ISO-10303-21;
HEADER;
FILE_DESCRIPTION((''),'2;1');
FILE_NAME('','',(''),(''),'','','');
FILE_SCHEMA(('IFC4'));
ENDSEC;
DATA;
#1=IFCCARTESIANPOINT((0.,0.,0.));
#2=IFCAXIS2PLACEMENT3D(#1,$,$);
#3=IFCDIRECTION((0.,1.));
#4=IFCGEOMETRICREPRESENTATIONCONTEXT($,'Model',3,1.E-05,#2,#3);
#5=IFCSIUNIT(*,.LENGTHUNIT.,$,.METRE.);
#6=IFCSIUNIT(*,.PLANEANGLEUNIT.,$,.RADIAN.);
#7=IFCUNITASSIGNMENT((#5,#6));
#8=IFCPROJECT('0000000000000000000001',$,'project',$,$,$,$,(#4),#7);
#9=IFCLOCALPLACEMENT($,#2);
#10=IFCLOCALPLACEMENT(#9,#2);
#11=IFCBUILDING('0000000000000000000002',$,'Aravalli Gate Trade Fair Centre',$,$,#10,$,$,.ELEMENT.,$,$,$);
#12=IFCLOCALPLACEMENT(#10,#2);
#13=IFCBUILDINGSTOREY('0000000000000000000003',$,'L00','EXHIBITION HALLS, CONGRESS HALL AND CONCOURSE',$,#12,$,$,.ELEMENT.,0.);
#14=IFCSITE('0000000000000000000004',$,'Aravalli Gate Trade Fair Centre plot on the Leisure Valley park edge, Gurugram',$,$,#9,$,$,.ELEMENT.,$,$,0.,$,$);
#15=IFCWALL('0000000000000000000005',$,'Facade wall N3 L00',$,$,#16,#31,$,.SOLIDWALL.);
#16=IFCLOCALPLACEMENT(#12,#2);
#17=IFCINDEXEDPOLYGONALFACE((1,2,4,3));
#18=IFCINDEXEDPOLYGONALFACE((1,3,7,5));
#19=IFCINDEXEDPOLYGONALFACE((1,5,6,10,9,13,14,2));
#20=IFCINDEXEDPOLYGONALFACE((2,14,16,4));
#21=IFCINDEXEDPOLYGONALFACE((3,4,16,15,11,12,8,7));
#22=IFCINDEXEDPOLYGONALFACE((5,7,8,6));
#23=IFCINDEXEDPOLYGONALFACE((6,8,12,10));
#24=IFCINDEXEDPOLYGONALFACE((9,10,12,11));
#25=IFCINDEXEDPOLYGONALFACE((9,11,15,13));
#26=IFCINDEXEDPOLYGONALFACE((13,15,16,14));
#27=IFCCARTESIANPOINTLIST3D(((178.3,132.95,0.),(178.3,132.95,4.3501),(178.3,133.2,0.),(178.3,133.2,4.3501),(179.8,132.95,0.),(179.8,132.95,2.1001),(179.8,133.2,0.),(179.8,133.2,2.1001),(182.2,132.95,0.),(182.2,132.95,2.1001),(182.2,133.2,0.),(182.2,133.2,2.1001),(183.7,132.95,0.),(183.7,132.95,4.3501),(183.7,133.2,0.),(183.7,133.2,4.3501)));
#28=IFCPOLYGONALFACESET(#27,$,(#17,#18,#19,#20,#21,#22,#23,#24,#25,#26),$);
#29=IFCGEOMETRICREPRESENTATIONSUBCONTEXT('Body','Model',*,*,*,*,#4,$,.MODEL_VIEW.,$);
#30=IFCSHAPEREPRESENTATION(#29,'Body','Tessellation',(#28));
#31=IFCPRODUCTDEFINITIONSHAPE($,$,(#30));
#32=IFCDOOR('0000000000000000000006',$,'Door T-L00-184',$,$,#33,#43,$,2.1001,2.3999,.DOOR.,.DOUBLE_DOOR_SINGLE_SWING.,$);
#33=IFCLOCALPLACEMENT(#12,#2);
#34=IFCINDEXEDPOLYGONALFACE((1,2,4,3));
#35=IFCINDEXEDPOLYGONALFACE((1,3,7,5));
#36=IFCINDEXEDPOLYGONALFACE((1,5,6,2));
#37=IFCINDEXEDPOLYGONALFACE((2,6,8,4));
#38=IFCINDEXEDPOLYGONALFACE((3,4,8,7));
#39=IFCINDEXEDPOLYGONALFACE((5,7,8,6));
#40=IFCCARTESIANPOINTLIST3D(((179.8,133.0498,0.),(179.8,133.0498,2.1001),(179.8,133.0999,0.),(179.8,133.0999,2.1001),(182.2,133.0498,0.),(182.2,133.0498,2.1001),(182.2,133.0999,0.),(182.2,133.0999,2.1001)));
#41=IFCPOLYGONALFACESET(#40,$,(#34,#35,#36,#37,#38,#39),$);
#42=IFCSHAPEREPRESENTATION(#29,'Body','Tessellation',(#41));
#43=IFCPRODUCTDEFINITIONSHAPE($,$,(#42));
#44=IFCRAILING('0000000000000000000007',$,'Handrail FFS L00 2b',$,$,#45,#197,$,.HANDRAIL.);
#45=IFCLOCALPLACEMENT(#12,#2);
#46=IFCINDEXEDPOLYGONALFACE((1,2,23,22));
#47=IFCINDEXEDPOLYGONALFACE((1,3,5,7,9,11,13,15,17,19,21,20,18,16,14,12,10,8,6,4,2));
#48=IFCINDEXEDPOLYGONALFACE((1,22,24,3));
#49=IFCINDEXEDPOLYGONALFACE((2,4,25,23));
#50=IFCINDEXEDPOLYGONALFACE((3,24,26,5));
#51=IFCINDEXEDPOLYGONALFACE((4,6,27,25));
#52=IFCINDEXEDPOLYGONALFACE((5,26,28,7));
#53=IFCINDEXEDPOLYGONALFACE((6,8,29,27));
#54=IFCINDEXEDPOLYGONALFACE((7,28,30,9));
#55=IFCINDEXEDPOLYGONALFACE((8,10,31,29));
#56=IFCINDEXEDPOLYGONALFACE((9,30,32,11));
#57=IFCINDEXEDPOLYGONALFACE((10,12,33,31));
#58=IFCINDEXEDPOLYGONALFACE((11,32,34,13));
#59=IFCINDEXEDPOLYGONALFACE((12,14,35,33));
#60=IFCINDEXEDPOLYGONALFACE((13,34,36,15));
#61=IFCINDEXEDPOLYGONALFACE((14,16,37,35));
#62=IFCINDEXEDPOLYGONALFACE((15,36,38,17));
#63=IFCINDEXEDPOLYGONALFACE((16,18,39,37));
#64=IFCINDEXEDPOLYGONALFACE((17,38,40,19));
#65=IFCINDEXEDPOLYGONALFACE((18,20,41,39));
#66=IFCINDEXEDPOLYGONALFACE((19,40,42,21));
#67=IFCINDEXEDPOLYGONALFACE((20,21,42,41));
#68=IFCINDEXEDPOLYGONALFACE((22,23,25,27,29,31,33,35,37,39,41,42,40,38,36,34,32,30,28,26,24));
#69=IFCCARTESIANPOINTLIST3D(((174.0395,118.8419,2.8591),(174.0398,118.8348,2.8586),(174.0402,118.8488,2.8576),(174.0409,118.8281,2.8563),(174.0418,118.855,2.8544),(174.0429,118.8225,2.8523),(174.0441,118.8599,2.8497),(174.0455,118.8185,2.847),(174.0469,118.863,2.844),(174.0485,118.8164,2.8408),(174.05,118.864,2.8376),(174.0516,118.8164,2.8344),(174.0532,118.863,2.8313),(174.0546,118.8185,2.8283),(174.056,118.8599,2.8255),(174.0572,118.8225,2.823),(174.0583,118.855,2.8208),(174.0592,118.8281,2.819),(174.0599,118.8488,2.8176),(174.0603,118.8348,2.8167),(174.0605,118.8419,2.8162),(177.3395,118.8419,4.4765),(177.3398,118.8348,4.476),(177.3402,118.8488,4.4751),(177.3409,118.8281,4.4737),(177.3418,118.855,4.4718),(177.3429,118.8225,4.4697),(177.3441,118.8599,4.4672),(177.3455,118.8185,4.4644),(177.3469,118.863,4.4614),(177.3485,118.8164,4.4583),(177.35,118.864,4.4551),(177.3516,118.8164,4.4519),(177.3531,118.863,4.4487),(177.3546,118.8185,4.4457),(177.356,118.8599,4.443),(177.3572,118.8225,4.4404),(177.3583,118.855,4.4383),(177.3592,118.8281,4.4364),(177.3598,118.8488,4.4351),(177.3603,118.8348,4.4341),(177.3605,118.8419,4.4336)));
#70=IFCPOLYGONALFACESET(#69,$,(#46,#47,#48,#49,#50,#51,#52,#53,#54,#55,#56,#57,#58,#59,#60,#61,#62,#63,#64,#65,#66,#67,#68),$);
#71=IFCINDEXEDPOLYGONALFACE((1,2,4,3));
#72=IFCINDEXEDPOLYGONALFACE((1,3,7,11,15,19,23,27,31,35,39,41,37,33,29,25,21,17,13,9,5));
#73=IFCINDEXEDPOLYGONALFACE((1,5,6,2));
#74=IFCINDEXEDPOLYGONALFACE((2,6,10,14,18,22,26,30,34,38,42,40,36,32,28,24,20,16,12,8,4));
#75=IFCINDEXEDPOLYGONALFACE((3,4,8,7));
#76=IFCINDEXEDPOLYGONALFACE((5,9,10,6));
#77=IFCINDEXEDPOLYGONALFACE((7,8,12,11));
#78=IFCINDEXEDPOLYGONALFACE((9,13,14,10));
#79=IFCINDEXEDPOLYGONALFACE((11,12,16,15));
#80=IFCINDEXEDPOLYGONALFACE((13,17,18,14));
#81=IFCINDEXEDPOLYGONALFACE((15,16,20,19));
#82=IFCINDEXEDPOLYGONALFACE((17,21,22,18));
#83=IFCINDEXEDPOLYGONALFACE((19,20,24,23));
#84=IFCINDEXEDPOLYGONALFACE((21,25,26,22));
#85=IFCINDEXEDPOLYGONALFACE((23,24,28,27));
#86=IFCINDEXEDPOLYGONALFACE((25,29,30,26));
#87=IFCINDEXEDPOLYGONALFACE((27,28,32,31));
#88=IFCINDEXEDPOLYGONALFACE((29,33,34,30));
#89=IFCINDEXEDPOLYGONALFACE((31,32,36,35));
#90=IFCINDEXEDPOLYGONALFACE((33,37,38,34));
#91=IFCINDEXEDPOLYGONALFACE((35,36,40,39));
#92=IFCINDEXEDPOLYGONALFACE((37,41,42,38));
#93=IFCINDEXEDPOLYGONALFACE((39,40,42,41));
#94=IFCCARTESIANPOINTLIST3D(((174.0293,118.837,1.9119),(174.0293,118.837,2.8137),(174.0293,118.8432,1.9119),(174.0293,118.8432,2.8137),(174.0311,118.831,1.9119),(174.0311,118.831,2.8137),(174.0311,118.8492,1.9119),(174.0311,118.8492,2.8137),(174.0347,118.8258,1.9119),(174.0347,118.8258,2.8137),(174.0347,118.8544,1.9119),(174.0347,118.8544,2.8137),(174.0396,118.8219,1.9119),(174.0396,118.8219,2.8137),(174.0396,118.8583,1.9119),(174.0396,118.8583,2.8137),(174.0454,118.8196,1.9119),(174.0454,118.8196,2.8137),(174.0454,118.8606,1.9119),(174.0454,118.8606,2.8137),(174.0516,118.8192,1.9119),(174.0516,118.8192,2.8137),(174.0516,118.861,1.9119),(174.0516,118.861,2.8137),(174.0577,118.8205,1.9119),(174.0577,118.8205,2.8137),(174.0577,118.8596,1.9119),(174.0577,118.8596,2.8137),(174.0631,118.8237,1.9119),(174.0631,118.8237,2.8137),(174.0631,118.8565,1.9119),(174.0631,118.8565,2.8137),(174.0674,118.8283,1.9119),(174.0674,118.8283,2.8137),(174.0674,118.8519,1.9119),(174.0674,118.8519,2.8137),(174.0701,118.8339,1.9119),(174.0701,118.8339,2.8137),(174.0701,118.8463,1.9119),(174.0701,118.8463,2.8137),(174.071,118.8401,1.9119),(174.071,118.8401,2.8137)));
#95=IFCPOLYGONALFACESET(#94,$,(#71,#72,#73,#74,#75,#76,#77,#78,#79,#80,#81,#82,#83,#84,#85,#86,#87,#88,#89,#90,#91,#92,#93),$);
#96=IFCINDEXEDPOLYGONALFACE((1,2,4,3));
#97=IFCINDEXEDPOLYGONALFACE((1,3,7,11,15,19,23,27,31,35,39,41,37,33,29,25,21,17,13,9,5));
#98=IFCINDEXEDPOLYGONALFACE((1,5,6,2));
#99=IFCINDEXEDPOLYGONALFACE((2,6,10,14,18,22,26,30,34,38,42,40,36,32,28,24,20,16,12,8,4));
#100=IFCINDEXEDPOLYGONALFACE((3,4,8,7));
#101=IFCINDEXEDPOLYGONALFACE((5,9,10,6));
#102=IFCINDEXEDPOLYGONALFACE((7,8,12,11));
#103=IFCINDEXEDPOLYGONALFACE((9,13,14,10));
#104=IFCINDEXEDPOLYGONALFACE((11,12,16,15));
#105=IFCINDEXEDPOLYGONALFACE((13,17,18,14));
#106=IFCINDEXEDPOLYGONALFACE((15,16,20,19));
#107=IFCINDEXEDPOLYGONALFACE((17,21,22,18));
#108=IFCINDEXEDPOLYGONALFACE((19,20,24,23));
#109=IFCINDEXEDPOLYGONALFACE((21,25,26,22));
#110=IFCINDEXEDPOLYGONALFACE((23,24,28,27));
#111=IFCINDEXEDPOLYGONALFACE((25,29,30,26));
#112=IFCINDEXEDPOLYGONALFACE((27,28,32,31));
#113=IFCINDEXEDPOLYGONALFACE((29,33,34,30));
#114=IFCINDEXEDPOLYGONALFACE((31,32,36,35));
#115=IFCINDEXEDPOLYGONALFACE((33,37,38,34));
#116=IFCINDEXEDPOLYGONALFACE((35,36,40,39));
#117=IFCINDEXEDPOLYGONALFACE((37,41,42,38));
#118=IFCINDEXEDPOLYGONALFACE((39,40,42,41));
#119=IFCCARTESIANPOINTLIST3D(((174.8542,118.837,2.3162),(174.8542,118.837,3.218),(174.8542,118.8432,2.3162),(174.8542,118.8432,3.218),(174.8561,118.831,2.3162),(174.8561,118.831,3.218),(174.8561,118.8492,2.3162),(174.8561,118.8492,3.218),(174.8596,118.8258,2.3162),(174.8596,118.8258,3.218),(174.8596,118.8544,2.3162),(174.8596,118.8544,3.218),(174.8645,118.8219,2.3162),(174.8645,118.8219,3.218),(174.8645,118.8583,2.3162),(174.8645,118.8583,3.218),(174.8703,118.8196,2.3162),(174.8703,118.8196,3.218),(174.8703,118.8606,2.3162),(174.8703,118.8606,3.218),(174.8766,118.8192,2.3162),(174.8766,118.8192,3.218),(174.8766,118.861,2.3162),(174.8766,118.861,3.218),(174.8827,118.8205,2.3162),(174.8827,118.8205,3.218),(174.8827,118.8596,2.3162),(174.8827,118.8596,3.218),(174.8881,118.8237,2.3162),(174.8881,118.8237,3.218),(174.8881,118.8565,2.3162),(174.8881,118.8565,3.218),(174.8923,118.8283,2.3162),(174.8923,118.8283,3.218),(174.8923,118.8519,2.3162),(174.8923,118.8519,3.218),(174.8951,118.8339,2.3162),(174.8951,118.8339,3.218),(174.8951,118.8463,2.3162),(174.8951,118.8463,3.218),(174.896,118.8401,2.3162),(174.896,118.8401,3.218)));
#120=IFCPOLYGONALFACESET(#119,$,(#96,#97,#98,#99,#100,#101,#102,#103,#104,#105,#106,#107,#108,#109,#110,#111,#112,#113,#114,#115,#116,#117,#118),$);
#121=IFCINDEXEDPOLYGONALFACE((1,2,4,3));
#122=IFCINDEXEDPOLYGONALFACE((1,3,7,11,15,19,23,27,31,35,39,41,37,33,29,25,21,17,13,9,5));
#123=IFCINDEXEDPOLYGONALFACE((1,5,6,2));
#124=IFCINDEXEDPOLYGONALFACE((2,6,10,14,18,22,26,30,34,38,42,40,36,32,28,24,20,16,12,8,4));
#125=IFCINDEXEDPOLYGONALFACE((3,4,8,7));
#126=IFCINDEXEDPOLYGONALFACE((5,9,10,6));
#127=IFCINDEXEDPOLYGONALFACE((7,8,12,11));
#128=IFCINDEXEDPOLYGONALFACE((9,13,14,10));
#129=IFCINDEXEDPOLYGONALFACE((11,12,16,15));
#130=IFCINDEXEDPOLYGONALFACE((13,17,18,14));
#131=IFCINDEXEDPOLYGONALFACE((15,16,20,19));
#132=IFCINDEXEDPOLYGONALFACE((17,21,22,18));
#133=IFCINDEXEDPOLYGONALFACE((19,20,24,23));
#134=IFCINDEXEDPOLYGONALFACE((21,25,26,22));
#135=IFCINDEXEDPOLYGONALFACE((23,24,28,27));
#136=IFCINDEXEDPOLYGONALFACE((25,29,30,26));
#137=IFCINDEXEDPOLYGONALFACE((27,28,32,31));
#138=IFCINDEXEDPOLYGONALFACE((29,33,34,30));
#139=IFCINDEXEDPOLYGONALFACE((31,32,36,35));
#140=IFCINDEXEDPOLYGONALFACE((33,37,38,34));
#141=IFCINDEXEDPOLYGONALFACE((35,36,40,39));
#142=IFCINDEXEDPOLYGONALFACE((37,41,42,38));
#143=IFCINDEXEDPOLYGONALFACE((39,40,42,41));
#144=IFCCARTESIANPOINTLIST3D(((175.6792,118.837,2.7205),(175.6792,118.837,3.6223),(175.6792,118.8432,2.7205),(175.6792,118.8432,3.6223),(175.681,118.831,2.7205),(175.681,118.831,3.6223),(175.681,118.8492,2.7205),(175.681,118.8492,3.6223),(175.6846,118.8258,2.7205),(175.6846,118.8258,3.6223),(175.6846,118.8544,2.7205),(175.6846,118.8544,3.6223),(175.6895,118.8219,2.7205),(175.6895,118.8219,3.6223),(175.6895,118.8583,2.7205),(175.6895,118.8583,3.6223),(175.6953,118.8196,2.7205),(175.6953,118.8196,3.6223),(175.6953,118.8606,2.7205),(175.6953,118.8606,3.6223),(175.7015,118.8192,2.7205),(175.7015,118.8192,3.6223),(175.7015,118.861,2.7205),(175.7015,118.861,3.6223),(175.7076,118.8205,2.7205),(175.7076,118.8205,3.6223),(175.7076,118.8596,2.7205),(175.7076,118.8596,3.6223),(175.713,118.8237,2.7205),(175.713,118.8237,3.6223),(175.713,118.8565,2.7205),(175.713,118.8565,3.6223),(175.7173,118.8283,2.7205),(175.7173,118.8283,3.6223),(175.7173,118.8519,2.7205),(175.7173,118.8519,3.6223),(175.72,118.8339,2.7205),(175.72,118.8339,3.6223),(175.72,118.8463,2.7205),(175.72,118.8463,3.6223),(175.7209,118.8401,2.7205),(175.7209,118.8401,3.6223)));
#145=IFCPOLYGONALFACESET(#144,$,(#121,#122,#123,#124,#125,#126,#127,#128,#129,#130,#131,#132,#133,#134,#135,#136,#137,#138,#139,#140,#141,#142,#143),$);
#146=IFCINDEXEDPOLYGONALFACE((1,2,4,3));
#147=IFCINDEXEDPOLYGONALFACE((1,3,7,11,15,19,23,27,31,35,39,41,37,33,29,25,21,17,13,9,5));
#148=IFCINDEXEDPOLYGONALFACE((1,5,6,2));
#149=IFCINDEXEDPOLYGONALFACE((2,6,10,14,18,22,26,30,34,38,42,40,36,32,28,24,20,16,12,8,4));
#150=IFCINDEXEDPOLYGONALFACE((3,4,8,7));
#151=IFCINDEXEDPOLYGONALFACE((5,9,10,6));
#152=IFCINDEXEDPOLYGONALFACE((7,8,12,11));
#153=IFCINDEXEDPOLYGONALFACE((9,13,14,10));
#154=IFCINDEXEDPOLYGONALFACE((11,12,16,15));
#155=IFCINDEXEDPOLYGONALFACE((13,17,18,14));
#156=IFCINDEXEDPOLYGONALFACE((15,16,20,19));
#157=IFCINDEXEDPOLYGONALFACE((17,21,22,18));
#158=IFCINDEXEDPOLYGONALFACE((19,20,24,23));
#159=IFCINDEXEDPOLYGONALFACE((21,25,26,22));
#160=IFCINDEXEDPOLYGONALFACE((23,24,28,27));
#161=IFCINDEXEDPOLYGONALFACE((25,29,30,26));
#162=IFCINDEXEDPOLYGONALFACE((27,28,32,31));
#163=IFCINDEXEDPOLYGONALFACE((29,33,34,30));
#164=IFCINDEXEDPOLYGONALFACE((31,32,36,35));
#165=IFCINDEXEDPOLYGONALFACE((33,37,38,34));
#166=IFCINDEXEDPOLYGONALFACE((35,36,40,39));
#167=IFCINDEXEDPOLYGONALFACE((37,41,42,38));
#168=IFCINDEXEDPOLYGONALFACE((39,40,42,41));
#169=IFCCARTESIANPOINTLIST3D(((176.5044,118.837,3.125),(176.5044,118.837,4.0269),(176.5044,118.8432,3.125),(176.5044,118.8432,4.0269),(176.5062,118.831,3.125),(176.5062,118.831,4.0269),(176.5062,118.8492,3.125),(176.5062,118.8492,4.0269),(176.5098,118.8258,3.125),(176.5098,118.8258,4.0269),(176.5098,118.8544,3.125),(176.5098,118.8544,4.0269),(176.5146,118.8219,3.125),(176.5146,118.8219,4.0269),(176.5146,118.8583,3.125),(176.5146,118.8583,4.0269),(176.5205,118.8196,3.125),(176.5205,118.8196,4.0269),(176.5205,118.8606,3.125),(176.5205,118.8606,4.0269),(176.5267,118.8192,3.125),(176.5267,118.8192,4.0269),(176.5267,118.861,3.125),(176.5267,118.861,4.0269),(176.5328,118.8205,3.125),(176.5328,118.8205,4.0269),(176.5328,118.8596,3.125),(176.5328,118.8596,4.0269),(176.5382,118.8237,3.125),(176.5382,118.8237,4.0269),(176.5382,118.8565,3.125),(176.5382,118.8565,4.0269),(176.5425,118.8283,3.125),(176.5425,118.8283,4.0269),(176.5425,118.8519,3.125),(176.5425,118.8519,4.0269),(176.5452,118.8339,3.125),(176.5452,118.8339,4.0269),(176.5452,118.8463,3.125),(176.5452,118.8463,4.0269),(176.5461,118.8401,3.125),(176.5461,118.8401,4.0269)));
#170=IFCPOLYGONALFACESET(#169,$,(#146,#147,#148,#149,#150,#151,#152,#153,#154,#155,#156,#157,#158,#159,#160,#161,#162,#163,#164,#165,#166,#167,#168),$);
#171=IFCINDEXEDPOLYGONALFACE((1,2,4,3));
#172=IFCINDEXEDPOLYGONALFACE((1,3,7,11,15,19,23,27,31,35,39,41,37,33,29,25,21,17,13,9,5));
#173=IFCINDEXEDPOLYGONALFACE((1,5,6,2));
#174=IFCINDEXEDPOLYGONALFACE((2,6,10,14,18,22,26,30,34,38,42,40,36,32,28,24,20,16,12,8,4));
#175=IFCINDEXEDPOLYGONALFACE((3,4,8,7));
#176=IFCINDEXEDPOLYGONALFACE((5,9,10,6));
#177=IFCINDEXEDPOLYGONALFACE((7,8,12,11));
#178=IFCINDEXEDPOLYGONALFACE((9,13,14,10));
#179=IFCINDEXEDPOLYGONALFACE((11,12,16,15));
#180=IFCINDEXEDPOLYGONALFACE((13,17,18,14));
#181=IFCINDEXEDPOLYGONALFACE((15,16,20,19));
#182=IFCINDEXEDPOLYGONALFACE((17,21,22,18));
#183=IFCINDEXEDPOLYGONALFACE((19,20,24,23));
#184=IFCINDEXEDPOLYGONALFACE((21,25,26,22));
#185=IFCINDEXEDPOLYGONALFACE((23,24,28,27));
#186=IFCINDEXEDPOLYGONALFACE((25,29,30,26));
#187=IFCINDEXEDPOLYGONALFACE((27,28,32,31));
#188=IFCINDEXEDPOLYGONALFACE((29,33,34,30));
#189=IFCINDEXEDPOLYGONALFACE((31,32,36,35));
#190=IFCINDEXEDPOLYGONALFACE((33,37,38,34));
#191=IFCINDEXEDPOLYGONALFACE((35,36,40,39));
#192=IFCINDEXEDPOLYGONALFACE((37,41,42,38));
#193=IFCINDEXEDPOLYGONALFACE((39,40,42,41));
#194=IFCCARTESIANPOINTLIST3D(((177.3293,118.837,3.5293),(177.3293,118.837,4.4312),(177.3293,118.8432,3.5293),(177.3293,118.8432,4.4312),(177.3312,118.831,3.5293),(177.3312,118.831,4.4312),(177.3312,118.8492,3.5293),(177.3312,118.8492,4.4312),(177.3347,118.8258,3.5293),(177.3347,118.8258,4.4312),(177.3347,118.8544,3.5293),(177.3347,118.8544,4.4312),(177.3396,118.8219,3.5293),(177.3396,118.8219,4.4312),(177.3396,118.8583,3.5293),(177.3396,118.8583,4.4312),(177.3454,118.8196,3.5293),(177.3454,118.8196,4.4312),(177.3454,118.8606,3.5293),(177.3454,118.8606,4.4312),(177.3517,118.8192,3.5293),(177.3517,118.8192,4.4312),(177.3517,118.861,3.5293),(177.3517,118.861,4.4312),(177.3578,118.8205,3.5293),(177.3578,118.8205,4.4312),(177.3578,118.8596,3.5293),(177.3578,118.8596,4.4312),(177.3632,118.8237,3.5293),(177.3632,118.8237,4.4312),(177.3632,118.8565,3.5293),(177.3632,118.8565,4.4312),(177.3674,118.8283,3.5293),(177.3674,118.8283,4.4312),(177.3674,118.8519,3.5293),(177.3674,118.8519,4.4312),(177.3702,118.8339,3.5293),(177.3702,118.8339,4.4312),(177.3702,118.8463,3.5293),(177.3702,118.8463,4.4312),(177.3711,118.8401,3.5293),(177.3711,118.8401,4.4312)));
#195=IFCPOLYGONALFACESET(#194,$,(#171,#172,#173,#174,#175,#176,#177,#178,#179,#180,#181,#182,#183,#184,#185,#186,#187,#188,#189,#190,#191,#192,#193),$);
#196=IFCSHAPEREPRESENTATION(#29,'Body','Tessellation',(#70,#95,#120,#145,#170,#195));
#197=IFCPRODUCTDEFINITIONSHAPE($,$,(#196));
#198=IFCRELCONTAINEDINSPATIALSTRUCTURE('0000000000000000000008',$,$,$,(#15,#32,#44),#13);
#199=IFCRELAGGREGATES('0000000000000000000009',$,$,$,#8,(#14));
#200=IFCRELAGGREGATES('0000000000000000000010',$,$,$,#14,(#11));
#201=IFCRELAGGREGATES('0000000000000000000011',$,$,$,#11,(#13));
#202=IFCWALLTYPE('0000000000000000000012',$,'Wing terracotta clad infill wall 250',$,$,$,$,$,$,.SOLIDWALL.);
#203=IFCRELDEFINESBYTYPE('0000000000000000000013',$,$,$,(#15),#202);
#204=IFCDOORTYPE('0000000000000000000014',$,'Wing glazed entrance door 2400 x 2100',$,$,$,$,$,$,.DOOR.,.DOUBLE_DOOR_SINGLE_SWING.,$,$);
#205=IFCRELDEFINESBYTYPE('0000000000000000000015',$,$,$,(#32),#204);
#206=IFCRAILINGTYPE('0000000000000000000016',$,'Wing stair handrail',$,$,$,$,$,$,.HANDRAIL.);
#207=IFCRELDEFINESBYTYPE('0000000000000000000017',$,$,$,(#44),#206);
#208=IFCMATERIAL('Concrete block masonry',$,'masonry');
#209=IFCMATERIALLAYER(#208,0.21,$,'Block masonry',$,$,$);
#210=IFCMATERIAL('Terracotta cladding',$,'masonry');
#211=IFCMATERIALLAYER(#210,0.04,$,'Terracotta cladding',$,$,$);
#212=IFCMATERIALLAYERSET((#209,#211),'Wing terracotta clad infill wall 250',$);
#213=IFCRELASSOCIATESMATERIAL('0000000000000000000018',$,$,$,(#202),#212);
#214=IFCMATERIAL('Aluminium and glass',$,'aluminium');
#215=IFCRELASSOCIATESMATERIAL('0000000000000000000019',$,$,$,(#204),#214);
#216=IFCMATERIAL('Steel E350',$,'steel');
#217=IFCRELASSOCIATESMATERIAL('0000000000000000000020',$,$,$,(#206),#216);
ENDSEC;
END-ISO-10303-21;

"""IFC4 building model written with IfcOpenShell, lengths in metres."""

from ifc_helpers import new_model, si_unit, direction, frame, frame_2d, origin, origin_2d, place, context, subcontext, project, spatial, rectangle, circle, extrude, material, layer, layer_set, type_object, element, fill, save


model = new_model("IFC4")

# Units and contexts
model_context = context("Model", 3, precision=1e-05, world=origin(), true_north=direction((0.0, 1.0)))
body_context = subcontext(model_context, "Body", "Model", "MODEL_VIEW")
ifc_project = project(units=[si_unit("LENGTHUNIT", "METRE"), si_unit("PLANEANGLEUNIT", "RADIAN")], contexts=[model_context])

# Site, building, storey
site_placement = place(None, origin())
site = spatial("IfcSite", under=ifc_project, at=site_placement, Name="Aravalli Gate Trade Fair Centre plot on the Leisure Valley park edge, Gurugram", CompositionType="ELEMENT", RefElevation=0.0)
building_placement = place(site_placement, origin())
building = spatial("IfcBuilding", under=site, at=building_placement, Name="Aravalli Gate Trade Fair Centre", CompositionType="ELEMENT")
storey_placement = place(building_placement, origin())
storey = spatial("IfcBuildingStorey", under=building, at=storey_placement, Name="L00", Description="EXHIBITION HALLS, CONGRESS HALL AND CONCOURSE", CompositionType="ELEMENT", Elevation=0.0)

# Shared definitions
ifc_material_1 = material(Name="Steel E350", Category="steel")

# Wall, opening, door
ifc_material_2 = material(Name="Concrete block masonry", Category="masonry")
ifc_layer_1 = layer(ifc_material_2, 0.21, Name="Block masonry")
ifc_material_3 = material(Name="Terracotta cladding", Category="masonry")
ifc_layer_2 = layer(ifc_material_3, 0.04, Name="Terracotta cladding")
ifc_layer_set_1 = layer_set([ifc_layer_1, ifc_layer_2], Name="Wing terracotta clad infill wall 250")
wall_type_1 = type_object("IfcWallType", Name="Wing terracotta clad infill wall 250", PredefinedType="SOLIDWALL", material=ifc_layer_set_1)
wall_1_placement = place(storey_placement, frame((178.3, 133.075, 0.0), z_axis=(0.0, 0.0, 1.0), x_axis=(1.0, 0.0, 0.0)))
wall_1 = element("IfcWall", 1, at=wall_1_placement, inside=storey, type_object=wall_type_1, Name="Facade wall N3 L00", PredefinedType="SOLIDWALL", context=body_context, shape_type="SweptSolid", body=[
    extrude(rectangle(XDim=5.3999, YDim=0.25, at=frame_2d((2.7, 0.0))), origin(), (0.0, 0.0, 1.0), 4.3501),
])
opening_1_placement = place(wall_1_placement, frame((1.5, 0.0, 0.0)))
opening_1 = element("IfcOpeningElement", 2, at=opening_1_placement, cuts=wall_1, PredefinedType="OPENING", context=body_context, shape_type="SweptSolid", body=[
    extrude(rectangle(XDim=2.3999, YDim=2.1001, at=frame_2d((1.2, 1.05))), frame((0.0, 0.135, 0.0), z_axis=(0.0, -1.0, 0.0), x_axis=(1.0, 0.0, 0.0)), (0.0, 0.0, 1.0), 0.27),
])
ifc_material_4 = material(Name="Aluminium and glass", Category="aluminium")
door_type_1 = type_object("IfcDoorType", Name="Wing glazed entrance door 2400 x 2100", OperationType="DOUBLE_DOOR_SINGLE_SWING", PredefinedType="DOOR", material=ifc_material_4)
door_1_placement = place(opening_1_placement, origin())
door_1 = element("IfcDoor", 3, at=door_1_placement, inside=storey, type_object=door_type_1, Name="Door T-L00-184", OperationType="DOUBLE_DOOR_SINGLE_SWING", OverallHeight=2.1001, OverallWidth=2.3999, PredefinedType="DOOR", context=body_context, shape_type="SweptSolid", body=[
    extrude(rectangle(XDim=2.3999, YDim=2.1001, at=frame_2d((1.2, 1.05))), frame((0.0, 0.0249, 0.0), z_axis=(0.0, -1.0, 0.0), x_axis=(1.0, 0.0, 0.0)), (0.0, 0.0, 1.0), 0.05),
])
fill(opening_1, door_1)

# Railing
railing_type = type_object("IfcRailingType", Name="Wing stair handrail", PredefinedType="HANDRAIL", material=ifc_material_1)
railing_placement = place(storey_placement, frame((174.05, 118.8401, 1.9119)))
element("IfcRailing", 4, at=railing_placement, inside=storey, type_object=railing_type, Name="Handrail FFS L00 2b", PredefinedType="HANDRAIL", context=body_context, shape_type="SweptSolid", body=[
    extrude(circle(Radius=0.0239, at=origin_2d()), frame((0.0, 0.0, 0.9258), z_axis=(0.897946, 0.0, 0.440105), x_axis=(0.0, 1.0, 0.0)), (0.0, 0.0, 1.0), 3.675),
    extrude(circle(Radius=0.021, at=origin_2d()), origin(), (0.0, 0.0, 1.0), 0.9019),
    extrude(circle(Radius=0.021, at=origin_2d()), frame((0.825, 0.0, 0.4043)), (0.0, 0.0, 1.0), 0.9019),
    extrude(circle(Radius=0.021, at=origin_2d()), frame((1.6499, 0.0, 0.8086)), (0.0, 0.0, 1.0), 0.9019),
    extrude(circle(Radius=0.021, at=origin_2d()), frame((2.4751, 0.0, 1.2131)), (0.0, 0.0, 1.0), 0.9019),
    extrude(circle(Radius=0.021, at=origin_2d()), frame((3.3, 0.0, 1.6174)), (0.0, 0.0, 1.0), 0.9019),
])

save(model, "model.ifc")
